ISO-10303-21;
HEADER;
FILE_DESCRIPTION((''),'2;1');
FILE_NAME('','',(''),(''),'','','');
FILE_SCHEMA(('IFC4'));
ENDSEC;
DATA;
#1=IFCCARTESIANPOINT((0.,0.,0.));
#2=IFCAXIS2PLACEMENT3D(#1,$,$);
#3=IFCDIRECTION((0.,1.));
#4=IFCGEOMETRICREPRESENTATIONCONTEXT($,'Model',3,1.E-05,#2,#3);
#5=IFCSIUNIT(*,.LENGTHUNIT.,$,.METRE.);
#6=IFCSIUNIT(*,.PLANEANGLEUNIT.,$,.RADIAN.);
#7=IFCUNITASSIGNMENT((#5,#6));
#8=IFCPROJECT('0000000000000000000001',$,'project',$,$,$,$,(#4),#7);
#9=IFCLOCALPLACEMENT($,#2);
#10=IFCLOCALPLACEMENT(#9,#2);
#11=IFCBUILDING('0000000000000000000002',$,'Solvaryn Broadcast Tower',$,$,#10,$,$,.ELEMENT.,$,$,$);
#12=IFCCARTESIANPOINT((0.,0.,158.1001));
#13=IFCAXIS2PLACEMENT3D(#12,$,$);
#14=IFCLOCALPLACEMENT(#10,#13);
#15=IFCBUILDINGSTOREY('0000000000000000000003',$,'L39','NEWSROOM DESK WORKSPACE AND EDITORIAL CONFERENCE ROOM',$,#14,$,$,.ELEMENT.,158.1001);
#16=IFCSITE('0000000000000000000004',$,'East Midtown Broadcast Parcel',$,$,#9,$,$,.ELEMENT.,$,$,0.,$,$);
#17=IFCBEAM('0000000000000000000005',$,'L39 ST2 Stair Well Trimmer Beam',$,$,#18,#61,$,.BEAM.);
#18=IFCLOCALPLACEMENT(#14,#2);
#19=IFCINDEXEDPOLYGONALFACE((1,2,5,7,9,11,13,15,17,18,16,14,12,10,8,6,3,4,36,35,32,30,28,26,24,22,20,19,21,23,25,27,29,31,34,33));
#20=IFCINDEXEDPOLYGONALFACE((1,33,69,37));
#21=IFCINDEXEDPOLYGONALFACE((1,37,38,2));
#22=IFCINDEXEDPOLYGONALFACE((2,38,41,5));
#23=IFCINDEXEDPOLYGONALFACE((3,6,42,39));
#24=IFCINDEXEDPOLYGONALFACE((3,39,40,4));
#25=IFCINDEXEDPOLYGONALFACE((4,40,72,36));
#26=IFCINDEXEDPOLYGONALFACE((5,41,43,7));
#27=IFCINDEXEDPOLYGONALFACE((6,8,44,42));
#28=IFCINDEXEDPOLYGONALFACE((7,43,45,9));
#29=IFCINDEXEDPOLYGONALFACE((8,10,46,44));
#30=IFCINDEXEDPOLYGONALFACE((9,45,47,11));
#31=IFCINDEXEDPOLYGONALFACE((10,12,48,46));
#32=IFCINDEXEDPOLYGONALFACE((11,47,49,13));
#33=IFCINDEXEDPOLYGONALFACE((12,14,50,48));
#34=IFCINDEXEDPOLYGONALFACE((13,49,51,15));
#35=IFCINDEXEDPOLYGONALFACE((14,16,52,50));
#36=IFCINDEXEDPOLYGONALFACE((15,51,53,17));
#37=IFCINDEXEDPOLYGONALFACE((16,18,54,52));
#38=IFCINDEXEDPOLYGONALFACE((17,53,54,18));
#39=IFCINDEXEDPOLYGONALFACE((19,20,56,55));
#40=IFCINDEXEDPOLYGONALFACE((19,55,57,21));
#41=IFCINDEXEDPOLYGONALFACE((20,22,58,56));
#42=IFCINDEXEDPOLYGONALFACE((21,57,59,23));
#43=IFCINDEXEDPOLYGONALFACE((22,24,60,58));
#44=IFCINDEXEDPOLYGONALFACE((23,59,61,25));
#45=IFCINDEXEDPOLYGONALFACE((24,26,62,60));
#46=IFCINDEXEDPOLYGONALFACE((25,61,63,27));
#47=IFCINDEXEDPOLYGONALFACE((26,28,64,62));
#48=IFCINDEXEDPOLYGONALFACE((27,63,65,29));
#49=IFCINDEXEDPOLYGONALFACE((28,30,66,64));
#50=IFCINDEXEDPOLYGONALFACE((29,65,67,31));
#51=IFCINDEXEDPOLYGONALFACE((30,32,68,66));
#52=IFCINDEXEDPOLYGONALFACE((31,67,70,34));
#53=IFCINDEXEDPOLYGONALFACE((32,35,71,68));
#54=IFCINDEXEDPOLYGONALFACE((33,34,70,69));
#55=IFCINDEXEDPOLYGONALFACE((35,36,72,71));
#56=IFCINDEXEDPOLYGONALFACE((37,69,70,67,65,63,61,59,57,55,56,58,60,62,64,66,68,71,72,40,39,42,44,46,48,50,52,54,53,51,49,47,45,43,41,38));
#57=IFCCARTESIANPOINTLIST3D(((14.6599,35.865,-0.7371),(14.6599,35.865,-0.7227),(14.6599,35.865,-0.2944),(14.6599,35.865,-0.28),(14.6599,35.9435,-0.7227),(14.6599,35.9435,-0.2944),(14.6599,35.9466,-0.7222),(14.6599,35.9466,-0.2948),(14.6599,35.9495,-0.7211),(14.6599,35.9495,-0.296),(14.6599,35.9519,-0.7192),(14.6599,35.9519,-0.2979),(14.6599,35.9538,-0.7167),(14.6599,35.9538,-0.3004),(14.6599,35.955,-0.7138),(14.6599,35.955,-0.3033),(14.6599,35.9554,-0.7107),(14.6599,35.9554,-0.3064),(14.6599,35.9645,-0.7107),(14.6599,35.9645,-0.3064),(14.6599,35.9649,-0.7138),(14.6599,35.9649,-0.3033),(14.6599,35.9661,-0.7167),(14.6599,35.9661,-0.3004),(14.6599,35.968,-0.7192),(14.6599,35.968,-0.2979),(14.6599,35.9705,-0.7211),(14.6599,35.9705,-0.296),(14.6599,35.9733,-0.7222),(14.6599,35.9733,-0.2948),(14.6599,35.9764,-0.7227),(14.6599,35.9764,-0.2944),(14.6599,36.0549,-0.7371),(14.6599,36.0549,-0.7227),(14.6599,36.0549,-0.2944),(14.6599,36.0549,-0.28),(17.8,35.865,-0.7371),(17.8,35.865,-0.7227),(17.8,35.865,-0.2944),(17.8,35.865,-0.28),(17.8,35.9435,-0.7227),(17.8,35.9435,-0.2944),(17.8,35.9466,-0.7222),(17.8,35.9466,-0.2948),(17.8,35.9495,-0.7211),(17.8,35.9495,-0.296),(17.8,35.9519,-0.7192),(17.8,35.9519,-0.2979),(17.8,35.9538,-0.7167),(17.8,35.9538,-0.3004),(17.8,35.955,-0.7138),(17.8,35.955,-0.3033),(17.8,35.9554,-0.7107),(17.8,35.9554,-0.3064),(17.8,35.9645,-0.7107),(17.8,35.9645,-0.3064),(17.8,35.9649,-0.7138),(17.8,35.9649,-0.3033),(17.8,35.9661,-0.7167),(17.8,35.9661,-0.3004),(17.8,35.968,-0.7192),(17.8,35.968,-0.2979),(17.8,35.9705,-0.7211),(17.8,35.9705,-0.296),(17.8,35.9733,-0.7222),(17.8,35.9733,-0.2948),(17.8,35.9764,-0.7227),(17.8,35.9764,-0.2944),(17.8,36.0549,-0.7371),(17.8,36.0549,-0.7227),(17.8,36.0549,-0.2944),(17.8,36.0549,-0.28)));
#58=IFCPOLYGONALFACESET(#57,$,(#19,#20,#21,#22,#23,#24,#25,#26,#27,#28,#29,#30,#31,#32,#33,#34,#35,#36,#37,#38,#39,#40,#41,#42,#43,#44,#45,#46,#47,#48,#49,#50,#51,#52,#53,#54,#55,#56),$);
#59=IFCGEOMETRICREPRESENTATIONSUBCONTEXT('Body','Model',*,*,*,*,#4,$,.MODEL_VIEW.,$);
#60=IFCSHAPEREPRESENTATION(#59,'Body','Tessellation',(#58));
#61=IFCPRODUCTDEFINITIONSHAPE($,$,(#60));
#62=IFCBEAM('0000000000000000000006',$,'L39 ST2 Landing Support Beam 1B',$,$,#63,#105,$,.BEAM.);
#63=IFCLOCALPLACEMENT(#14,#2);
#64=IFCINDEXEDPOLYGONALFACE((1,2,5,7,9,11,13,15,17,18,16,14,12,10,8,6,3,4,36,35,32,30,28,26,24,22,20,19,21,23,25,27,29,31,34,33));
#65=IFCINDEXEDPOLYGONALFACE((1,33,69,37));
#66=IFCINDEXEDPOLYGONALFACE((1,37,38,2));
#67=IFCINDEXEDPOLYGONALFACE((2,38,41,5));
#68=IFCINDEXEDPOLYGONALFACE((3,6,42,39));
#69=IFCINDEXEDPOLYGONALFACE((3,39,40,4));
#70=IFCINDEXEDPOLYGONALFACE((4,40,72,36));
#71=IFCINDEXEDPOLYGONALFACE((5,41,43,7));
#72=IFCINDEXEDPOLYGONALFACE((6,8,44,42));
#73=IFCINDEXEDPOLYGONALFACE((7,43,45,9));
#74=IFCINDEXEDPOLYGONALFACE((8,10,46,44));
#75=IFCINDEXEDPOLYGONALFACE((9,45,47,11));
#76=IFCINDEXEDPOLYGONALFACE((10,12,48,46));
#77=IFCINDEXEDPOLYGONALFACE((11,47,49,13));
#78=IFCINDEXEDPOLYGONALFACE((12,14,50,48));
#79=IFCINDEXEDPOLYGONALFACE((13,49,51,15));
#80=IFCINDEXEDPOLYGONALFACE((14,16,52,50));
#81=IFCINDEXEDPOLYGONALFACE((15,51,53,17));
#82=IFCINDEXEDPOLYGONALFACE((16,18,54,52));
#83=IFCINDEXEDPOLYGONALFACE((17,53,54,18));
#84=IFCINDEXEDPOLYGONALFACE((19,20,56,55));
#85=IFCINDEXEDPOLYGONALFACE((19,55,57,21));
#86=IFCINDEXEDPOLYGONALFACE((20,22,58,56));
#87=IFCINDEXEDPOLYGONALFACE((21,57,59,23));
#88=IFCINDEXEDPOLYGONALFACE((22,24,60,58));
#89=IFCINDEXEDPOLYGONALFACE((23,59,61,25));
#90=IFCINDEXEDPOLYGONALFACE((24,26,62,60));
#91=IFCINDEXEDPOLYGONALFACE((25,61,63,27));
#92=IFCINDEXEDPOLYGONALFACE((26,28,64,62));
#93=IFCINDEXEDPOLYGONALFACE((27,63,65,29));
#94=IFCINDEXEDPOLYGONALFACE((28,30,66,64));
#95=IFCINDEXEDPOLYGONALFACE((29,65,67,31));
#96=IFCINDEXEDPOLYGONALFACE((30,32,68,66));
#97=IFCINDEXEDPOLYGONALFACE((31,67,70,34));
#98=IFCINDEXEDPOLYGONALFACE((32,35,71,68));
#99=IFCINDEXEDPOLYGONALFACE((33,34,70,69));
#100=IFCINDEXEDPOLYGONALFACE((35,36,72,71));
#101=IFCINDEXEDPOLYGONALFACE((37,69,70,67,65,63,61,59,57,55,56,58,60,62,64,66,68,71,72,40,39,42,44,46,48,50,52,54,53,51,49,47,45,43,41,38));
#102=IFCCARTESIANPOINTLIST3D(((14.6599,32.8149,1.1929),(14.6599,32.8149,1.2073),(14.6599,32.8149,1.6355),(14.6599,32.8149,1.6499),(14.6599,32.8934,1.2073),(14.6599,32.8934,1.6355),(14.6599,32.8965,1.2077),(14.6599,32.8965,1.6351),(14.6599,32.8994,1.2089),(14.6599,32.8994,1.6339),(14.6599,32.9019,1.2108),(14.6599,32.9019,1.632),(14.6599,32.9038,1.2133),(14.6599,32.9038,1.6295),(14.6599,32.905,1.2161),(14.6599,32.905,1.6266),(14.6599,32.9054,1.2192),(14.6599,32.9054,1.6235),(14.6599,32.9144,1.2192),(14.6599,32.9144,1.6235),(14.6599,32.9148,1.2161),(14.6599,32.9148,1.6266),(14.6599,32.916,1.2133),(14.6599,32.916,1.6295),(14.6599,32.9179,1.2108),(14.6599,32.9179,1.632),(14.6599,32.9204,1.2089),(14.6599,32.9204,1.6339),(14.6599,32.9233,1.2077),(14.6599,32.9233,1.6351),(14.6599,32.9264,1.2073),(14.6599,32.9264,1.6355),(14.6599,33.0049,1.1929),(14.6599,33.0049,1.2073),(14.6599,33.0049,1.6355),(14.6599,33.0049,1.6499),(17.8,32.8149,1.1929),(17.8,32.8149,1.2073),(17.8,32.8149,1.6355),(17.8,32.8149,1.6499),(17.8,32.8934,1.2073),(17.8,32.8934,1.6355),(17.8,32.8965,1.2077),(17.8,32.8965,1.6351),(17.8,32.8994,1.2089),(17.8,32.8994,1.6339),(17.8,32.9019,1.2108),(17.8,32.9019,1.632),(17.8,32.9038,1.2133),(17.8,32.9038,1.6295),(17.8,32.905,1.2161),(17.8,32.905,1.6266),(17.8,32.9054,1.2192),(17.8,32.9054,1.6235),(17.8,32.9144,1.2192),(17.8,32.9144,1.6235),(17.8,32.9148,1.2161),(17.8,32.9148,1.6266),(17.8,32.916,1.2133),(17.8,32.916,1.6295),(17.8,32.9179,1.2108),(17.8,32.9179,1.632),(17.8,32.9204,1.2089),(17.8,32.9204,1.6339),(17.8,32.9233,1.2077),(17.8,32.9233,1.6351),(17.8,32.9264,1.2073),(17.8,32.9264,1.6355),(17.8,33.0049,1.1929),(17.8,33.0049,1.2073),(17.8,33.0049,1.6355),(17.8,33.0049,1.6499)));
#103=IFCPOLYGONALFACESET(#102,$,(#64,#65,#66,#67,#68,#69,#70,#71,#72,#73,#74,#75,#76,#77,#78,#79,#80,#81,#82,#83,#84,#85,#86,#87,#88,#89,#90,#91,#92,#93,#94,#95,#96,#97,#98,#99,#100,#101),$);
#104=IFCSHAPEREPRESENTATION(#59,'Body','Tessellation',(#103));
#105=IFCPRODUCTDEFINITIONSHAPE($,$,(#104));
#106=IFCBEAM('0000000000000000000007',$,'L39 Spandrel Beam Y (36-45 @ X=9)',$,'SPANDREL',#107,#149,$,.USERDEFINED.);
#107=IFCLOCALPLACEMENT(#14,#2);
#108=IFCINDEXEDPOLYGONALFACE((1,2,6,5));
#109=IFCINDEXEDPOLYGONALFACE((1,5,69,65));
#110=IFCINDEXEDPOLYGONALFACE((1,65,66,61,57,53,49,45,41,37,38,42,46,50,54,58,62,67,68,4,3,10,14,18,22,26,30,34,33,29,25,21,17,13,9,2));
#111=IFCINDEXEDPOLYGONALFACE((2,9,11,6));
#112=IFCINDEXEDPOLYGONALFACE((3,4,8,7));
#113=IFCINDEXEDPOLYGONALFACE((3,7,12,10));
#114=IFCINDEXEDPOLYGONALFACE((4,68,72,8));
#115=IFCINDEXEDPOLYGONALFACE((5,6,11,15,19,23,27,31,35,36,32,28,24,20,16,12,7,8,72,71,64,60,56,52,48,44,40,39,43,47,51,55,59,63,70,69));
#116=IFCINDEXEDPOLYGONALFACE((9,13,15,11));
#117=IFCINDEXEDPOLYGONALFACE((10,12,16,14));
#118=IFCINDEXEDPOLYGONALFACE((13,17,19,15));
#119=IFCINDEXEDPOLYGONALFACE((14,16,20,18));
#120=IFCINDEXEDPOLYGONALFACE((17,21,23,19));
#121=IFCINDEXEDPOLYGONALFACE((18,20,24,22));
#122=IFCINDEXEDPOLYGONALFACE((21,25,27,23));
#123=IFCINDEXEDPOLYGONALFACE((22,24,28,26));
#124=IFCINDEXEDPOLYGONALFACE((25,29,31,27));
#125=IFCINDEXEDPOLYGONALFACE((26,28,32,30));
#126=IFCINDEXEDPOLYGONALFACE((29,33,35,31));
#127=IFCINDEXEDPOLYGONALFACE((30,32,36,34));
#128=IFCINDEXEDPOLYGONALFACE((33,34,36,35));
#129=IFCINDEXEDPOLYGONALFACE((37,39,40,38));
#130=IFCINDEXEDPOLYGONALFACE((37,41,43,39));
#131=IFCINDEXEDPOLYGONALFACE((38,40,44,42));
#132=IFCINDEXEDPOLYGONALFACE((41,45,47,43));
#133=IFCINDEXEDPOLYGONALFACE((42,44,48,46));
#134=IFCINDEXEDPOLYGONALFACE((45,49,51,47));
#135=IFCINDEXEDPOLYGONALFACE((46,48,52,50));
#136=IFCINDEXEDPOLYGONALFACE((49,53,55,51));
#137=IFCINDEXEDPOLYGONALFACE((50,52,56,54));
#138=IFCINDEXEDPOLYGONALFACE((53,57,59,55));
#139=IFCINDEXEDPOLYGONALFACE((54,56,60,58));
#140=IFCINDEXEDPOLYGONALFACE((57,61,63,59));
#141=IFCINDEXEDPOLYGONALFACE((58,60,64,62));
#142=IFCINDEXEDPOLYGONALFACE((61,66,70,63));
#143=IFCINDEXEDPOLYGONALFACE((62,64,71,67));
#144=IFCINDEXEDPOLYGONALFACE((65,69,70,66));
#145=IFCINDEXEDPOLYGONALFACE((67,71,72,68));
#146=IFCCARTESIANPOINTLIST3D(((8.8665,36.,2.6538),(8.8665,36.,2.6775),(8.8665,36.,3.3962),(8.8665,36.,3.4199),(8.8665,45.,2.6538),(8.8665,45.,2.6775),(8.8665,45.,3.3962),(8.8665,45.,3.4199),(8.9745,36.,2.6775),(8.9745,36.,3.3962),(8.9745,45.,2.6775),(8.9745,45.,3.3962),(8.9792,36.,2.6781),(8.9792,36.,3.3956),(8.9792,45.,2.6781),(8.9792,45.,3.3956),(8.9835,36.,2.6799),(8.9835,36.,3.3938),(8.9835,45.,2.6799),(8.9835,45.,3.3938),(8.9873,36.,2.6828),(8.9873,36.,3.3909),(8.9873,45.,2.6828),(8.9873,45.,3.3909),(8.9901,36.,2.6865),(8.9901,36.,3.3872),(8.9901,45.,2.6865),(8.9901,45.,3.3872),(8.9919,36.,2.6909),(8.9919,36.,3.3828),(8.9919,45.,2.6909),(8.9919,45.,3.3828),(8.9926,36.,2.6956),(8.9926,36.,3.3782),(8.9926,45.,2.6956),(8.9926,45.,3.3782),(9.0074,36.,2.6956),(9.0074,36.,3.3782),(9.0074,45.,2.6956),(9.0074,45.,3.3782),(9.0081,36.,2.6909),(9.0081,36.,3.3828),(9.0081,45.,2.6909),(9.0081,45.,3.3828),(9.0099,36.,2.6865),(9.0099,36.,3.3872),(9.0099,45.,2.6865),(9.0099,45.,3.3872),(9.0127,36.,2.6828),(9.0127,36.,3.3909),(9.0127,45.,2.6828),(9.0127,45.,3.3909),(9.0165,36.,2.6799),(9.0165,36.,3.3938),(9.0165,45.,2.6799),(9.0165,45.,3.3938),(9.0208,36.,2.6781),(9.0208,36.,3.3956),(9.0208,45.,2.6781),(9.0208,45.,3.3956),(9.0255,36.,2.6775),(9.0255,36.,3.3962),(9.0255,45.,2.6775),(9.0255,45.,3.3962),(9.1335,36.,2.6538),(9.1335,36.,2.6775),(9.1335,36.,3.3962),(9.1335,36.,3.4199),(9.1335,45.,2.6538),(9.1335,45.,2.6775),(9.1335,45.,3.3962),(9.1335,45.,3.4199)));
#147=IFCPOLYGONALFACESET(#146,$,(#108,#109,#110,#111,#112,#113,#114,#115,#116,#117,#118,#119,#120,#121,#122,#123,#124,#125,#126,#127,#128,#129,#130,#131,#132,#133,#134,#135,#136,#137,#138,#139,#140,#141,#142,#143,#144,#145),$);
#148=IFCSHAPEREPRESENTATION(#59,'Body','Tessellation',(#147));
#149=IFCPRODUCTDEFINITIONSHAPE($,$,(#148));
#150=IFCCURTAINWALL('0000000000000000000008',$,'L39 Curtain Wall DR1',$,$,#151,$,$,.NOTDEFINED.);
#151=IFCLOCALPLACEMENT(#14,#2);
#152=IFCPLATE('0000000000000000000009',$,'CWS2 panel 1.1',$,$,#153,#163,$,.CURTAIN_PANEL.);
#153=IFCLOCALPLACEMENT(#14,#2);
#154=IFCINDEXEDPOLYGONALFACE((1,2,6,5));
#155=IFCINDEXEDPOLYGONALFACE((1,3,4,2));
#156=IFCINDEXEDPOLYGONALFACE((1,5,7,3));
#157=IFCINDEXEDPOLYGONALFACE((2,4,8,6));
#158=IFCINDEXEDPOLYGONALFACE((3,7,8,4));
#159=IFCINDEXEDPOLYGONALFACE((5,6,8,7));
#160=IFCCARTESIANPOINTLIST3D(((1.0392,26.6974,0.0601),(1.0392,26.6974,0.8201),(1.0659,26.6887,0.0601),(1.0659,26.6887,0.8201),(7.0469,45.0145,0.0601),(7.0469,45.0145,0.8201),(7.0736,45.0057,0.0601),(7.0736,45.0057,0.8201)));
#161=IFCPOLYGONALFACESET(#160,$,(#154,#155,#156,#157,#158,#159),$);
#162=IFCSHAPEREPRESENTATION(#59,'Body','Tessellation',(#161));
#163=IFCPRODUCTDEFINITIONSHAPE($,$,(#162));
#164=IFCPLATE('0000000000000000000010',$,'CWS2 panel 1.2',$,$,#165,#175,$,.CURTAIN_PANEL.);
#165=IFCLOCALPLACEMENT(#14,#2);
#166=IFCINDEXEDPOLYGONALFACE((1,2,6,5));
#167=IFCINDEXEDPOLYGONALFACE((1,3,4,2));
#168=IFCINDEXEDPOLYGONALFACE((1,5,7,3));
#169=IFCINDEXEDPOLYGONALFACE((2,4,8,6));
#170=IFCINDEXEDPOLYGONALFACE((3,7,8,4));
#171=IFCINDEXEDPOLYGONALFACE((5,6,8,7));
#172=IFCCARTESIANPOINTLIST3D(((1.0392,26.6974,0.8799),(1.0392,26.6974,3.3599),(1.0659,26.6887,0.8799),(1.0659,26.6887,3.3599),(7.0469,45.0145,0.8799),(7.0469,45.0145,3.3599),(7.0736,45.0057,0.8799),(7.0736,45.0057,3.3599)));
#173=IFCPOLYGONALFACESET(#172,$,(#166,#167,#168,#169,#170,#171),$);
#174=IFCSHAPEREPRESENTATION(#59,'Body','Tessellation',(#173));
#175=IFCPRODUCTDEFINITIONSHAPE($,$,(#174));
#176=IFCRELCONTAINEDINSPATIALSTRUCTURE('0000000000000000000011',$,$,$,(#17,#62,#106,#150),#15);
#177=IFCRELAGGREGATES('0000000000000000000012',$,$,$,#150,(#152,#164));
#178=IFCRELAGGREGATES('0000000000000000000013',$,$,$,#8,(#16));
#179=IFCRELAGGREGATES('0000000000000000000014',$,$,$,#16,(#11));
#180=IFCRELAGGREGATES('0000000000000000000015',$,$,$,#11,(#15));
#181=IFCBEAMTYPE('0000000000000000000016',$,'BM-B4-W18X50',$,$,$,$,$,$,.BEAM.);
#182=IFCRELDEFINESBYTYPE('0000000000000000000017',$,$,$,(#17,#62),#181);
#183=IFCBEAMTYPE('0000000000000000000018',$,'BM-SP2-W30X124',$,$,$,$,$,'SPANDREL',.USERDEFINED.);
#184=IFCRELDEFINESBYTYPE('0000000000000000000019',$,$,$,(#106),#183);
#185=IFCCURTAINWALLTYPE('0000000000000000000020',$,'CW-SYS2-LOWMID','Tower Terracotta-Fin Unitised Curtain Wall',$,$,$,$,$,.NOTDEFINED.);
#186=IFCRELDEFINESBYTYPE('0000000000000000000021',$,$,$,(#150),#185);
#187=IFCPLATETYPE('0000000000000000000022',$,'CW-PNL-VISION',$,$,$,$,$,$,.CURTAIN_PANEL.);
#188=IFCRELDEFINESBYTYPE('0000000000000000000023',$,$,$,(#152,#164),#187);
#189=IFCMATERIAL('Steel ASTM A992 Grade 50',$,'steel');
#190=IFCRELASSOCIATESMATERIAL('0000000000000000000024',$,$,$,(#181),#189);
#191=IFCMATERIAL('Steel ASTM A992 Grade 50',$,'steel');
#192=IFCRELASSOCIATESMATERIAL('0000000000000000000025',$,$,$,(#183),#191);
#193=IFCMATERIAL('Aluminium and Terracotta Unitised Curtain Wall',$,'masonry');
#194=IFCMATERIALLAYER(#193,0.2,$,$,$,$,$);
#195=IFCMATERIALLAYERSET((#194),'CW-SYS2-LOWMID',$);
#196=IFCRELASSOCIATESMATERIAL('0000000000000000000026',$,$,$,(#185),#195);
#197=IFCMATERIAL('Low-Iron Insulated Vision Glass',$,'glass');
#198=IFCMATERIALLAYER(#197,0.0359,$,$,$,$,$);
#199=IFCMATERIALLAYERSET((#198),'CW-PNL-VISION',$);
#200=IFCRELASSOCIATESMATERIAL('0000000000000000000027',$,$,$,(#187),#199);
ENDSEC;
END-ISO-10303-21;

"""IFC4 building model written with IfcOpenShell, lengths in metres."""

from ifc_helpers import new_model, si_unit, direction, frame, origin, origin_2d, place, context, subcontext, project, spatial, rectangle, i_section, extrude, material, layer, layer_set, material_profile, profile_set, type_object, element, aggregate, save


model = new_model("IFC4")

# Units and contexts
model_context = context("Model", 3, precision=1e-05, world=origin(), true_north=direction((0.0, 1.0)))
body_context = subcontext(model_context, "Body", "Model", "MODEL_VIEW")
ifc_project = project(units=[si_unit("LENGTHUNIT", "METRE"), si_unit("PLANEANGLEUNIT", "RADIAN")], contexts=[model_context])

# Site, building, storey
site_placement = place(None, origin())
site = spatial("IfcSite", under=ifc_project, at=site_placement, Name="East Midtown Broadcast Parcel", CompositionType="ELEMENT", RefElevation=0.0)
building_placement = place(site_placement, origin())
building = spatial("IfcBuilding", under=site, at=building_placement, Name="Solvaryn Broadcast Tower", CompositionType="ELEMENT")
storey_placement = place(building_placement, frame((0.0, 0.0, 158.1001)))
storey = spatial("IfcBuildingStorey", under=building, at=storey_placement, Name="L39", Description="NEWSROOM DESK WORKSPACE AND EDITORIAL CONFERENCE ROOM", CompositionType="ELEMENT", Elevation=158.1001)

# Beams
ifc_material_1 = material(Name="Steel ASTM A992 Grade 50", Category="steel")
ifc_material_profile_1 = material_profile(ifc_material_1, i_section(OverallWidth=0.1899, OverallDepth=0.457, WebThickness=0.009, FlangeThickness=0.0144, FilletRadius=0.012, at=origin_2d()))
ifc_profile_set_1 = profile_set([ifc_material_profile_1], Name="Steel ASTM A992 Grade 50")
beam_type_1 = type_object("IfcBeamType", Name="BM-B4-W18X50", PredefinedType="BEAM", material=ifc_profile_set_1)
for number, where, z_axis, x_axis, name in (
    (1, (14.6599, 35.96, -0.5085), (1.0, 0.0, 0.0), (0.0, 1.0, 0.0), "L39 ST2 Stair Well Trimmer Beam"),
    (2, (14.6599, 32.9099, 1.4214), (1.0, 0.0, 0.0), (0.0, 1.0, 0.0), "L39 ST2 Landing Support Beam 1B"),
):
    element("IfcBeam", number, at=place(storey_placement, frame(where, z_axis=z_axis, x_axis=x_axis)), inside=storey, type_object=beam_type_1, Name=name, PredefinedType="BEAM", context=body_context, shape_type="SweptSolid", body=[
        extrude(i_section(OverallWidth=0.1899, OverallDepth=0.457, WebThickness=0.009, FlangeThickness=0.0144, FilletRadius=0.012, at=origin_2d()), origin(), (0.0, 0.0, 1.0), 3.1401),
    ])
ifc_material_2 = material(Name="Steel ASTM A992 Grade 50", Category="steel")
ifc_material_profile_2 = material_profile(ifc_material_2, i_section(OverallWidth=0.2671, OverallDepth=0.7661, WebThickness=0.0149, FlangeThickness=0.0237, FilletRadius=0.0181, at=origin_2d()))
ifc_profile_set_2 = profile_set([ifc_material_profile_2], Name="Steel ASTM A992 Grade 50")
beam_type_2 = type_object("IfcBeamType", Name="BM-SP2-W30X124", ElementType="SPANDREL", PredefinedType="USERDEFINED", material=ifc_profile_set_2)
beam_1_placement = place(storey_placement, frame((9.0, 36.0, 3.0369), z_axis=(0.0, 1.0, 0.0), x_axis=(-1.0, 0.0, 0.0)))
element("IfcBeam", 3, at=beam_1_placement, inside=storey, type_object=beam_type_2, Name="L39 Spandrel Beam Y (36-45 @ X=9)", ObjectType="SPANDREL", PredefinedType="USERDEFINED", context=body_context, shape_type="SweptSolid", body=[
    extrude(i_section(OverallWidth=0.2671, OverallDepth=0.7661, WebThickness=0.0149, FlangeThickness=0.0237, FilletRadius=0.0181, at=origin_2d()), origin(), (0.0, 0.0, 1.0), 9.0),
])

# Curtain wall, plates
ifc_material_3 = material(Name="Aluminium and Terracotta Unitised Curtain Wall", Category="masonry")
ifc_layer_1 = layer(ifc_material_3, 0.2)
ifc_layer_set_1 = layer_set([ifc_layer_1], Name="CW-SYS2-LOWMID")
curtain_wall_type = type_object("IfcCurtainWallType", Name="CW-SYS2-LOWMID", Description="Tower Terracotta-Fin Unitised Curtain Wall", PredefinedType="NOTDEFINED", material=ifc_layer_set_1)
curtain_wall_placement = place(storey_placement, origin())
curtain_wall = element("IfcCurtainWall", 4, at=curtain_wall_placement, inside=storey, type_object=curtain_wall_type, Name="L39 Curtain Wall DR1", PredefinedType="NOTDEFINED")
ifc_material_4 = material(Name="Low-Iron Insulated Vision Glass", Category="glass")
ifc_layer_2 = layer(ifc_material_4, 0.0359)
ifc_layer_set_2 = layer_set([ifc_layer_2], Name="CW-PNL-VISION")
plate_type = type_object("IfcPlateType", Name="CW-PNL-VISION", PredefinedType="CURTAIN_PANEL", material=ifc_layer_set_2)
plate_1_placement = place(storey_placement, frame((4.0564, 35.8516, 0.0601), z_axis=(0.0, 0.0, 1.0), x_axis=(-0.311646, -0.950198, 0.0)))
plate_1 = element("IfcPlate", 5, at=plate_1_placement, type_object=plate_type, Name="CWS2 panel 1.1", PredefinedType="CURTAIN_PANEL", context=body_context, shape_type="SweptSolid", body=[
    extrude(rectangle(XDim=19.2771, YDim=0.0281, at=origin_2d()), origin(), (0.0, 0.0, 1.0), 0.76),
])
plate_2_placement = place(storey_placement, frame((4.0564, 35.8516, 0.8799), z_axis=(0.0, 0.0, 1.0), x_axis=(-0.311646, -0.950198, 0.0)))
plate_2 = element("IfcPlate", 6, at=plate_2_placement, type_object=plate_type, Name="CWS2 panel 1.2", PredefinedType="CURTAIN_PANEL", context=body_context, shape_type="SweptSolid", body=[
    extrude(rectangle(XDim=19.2771, YDim=0.0281, at=origin_2d()), origin(), (0.0, 0.0, 1.0), 2.48),
])
aggregate(curtain_wall, [plate_1, plate_2])

save(model, "model.ifc")
